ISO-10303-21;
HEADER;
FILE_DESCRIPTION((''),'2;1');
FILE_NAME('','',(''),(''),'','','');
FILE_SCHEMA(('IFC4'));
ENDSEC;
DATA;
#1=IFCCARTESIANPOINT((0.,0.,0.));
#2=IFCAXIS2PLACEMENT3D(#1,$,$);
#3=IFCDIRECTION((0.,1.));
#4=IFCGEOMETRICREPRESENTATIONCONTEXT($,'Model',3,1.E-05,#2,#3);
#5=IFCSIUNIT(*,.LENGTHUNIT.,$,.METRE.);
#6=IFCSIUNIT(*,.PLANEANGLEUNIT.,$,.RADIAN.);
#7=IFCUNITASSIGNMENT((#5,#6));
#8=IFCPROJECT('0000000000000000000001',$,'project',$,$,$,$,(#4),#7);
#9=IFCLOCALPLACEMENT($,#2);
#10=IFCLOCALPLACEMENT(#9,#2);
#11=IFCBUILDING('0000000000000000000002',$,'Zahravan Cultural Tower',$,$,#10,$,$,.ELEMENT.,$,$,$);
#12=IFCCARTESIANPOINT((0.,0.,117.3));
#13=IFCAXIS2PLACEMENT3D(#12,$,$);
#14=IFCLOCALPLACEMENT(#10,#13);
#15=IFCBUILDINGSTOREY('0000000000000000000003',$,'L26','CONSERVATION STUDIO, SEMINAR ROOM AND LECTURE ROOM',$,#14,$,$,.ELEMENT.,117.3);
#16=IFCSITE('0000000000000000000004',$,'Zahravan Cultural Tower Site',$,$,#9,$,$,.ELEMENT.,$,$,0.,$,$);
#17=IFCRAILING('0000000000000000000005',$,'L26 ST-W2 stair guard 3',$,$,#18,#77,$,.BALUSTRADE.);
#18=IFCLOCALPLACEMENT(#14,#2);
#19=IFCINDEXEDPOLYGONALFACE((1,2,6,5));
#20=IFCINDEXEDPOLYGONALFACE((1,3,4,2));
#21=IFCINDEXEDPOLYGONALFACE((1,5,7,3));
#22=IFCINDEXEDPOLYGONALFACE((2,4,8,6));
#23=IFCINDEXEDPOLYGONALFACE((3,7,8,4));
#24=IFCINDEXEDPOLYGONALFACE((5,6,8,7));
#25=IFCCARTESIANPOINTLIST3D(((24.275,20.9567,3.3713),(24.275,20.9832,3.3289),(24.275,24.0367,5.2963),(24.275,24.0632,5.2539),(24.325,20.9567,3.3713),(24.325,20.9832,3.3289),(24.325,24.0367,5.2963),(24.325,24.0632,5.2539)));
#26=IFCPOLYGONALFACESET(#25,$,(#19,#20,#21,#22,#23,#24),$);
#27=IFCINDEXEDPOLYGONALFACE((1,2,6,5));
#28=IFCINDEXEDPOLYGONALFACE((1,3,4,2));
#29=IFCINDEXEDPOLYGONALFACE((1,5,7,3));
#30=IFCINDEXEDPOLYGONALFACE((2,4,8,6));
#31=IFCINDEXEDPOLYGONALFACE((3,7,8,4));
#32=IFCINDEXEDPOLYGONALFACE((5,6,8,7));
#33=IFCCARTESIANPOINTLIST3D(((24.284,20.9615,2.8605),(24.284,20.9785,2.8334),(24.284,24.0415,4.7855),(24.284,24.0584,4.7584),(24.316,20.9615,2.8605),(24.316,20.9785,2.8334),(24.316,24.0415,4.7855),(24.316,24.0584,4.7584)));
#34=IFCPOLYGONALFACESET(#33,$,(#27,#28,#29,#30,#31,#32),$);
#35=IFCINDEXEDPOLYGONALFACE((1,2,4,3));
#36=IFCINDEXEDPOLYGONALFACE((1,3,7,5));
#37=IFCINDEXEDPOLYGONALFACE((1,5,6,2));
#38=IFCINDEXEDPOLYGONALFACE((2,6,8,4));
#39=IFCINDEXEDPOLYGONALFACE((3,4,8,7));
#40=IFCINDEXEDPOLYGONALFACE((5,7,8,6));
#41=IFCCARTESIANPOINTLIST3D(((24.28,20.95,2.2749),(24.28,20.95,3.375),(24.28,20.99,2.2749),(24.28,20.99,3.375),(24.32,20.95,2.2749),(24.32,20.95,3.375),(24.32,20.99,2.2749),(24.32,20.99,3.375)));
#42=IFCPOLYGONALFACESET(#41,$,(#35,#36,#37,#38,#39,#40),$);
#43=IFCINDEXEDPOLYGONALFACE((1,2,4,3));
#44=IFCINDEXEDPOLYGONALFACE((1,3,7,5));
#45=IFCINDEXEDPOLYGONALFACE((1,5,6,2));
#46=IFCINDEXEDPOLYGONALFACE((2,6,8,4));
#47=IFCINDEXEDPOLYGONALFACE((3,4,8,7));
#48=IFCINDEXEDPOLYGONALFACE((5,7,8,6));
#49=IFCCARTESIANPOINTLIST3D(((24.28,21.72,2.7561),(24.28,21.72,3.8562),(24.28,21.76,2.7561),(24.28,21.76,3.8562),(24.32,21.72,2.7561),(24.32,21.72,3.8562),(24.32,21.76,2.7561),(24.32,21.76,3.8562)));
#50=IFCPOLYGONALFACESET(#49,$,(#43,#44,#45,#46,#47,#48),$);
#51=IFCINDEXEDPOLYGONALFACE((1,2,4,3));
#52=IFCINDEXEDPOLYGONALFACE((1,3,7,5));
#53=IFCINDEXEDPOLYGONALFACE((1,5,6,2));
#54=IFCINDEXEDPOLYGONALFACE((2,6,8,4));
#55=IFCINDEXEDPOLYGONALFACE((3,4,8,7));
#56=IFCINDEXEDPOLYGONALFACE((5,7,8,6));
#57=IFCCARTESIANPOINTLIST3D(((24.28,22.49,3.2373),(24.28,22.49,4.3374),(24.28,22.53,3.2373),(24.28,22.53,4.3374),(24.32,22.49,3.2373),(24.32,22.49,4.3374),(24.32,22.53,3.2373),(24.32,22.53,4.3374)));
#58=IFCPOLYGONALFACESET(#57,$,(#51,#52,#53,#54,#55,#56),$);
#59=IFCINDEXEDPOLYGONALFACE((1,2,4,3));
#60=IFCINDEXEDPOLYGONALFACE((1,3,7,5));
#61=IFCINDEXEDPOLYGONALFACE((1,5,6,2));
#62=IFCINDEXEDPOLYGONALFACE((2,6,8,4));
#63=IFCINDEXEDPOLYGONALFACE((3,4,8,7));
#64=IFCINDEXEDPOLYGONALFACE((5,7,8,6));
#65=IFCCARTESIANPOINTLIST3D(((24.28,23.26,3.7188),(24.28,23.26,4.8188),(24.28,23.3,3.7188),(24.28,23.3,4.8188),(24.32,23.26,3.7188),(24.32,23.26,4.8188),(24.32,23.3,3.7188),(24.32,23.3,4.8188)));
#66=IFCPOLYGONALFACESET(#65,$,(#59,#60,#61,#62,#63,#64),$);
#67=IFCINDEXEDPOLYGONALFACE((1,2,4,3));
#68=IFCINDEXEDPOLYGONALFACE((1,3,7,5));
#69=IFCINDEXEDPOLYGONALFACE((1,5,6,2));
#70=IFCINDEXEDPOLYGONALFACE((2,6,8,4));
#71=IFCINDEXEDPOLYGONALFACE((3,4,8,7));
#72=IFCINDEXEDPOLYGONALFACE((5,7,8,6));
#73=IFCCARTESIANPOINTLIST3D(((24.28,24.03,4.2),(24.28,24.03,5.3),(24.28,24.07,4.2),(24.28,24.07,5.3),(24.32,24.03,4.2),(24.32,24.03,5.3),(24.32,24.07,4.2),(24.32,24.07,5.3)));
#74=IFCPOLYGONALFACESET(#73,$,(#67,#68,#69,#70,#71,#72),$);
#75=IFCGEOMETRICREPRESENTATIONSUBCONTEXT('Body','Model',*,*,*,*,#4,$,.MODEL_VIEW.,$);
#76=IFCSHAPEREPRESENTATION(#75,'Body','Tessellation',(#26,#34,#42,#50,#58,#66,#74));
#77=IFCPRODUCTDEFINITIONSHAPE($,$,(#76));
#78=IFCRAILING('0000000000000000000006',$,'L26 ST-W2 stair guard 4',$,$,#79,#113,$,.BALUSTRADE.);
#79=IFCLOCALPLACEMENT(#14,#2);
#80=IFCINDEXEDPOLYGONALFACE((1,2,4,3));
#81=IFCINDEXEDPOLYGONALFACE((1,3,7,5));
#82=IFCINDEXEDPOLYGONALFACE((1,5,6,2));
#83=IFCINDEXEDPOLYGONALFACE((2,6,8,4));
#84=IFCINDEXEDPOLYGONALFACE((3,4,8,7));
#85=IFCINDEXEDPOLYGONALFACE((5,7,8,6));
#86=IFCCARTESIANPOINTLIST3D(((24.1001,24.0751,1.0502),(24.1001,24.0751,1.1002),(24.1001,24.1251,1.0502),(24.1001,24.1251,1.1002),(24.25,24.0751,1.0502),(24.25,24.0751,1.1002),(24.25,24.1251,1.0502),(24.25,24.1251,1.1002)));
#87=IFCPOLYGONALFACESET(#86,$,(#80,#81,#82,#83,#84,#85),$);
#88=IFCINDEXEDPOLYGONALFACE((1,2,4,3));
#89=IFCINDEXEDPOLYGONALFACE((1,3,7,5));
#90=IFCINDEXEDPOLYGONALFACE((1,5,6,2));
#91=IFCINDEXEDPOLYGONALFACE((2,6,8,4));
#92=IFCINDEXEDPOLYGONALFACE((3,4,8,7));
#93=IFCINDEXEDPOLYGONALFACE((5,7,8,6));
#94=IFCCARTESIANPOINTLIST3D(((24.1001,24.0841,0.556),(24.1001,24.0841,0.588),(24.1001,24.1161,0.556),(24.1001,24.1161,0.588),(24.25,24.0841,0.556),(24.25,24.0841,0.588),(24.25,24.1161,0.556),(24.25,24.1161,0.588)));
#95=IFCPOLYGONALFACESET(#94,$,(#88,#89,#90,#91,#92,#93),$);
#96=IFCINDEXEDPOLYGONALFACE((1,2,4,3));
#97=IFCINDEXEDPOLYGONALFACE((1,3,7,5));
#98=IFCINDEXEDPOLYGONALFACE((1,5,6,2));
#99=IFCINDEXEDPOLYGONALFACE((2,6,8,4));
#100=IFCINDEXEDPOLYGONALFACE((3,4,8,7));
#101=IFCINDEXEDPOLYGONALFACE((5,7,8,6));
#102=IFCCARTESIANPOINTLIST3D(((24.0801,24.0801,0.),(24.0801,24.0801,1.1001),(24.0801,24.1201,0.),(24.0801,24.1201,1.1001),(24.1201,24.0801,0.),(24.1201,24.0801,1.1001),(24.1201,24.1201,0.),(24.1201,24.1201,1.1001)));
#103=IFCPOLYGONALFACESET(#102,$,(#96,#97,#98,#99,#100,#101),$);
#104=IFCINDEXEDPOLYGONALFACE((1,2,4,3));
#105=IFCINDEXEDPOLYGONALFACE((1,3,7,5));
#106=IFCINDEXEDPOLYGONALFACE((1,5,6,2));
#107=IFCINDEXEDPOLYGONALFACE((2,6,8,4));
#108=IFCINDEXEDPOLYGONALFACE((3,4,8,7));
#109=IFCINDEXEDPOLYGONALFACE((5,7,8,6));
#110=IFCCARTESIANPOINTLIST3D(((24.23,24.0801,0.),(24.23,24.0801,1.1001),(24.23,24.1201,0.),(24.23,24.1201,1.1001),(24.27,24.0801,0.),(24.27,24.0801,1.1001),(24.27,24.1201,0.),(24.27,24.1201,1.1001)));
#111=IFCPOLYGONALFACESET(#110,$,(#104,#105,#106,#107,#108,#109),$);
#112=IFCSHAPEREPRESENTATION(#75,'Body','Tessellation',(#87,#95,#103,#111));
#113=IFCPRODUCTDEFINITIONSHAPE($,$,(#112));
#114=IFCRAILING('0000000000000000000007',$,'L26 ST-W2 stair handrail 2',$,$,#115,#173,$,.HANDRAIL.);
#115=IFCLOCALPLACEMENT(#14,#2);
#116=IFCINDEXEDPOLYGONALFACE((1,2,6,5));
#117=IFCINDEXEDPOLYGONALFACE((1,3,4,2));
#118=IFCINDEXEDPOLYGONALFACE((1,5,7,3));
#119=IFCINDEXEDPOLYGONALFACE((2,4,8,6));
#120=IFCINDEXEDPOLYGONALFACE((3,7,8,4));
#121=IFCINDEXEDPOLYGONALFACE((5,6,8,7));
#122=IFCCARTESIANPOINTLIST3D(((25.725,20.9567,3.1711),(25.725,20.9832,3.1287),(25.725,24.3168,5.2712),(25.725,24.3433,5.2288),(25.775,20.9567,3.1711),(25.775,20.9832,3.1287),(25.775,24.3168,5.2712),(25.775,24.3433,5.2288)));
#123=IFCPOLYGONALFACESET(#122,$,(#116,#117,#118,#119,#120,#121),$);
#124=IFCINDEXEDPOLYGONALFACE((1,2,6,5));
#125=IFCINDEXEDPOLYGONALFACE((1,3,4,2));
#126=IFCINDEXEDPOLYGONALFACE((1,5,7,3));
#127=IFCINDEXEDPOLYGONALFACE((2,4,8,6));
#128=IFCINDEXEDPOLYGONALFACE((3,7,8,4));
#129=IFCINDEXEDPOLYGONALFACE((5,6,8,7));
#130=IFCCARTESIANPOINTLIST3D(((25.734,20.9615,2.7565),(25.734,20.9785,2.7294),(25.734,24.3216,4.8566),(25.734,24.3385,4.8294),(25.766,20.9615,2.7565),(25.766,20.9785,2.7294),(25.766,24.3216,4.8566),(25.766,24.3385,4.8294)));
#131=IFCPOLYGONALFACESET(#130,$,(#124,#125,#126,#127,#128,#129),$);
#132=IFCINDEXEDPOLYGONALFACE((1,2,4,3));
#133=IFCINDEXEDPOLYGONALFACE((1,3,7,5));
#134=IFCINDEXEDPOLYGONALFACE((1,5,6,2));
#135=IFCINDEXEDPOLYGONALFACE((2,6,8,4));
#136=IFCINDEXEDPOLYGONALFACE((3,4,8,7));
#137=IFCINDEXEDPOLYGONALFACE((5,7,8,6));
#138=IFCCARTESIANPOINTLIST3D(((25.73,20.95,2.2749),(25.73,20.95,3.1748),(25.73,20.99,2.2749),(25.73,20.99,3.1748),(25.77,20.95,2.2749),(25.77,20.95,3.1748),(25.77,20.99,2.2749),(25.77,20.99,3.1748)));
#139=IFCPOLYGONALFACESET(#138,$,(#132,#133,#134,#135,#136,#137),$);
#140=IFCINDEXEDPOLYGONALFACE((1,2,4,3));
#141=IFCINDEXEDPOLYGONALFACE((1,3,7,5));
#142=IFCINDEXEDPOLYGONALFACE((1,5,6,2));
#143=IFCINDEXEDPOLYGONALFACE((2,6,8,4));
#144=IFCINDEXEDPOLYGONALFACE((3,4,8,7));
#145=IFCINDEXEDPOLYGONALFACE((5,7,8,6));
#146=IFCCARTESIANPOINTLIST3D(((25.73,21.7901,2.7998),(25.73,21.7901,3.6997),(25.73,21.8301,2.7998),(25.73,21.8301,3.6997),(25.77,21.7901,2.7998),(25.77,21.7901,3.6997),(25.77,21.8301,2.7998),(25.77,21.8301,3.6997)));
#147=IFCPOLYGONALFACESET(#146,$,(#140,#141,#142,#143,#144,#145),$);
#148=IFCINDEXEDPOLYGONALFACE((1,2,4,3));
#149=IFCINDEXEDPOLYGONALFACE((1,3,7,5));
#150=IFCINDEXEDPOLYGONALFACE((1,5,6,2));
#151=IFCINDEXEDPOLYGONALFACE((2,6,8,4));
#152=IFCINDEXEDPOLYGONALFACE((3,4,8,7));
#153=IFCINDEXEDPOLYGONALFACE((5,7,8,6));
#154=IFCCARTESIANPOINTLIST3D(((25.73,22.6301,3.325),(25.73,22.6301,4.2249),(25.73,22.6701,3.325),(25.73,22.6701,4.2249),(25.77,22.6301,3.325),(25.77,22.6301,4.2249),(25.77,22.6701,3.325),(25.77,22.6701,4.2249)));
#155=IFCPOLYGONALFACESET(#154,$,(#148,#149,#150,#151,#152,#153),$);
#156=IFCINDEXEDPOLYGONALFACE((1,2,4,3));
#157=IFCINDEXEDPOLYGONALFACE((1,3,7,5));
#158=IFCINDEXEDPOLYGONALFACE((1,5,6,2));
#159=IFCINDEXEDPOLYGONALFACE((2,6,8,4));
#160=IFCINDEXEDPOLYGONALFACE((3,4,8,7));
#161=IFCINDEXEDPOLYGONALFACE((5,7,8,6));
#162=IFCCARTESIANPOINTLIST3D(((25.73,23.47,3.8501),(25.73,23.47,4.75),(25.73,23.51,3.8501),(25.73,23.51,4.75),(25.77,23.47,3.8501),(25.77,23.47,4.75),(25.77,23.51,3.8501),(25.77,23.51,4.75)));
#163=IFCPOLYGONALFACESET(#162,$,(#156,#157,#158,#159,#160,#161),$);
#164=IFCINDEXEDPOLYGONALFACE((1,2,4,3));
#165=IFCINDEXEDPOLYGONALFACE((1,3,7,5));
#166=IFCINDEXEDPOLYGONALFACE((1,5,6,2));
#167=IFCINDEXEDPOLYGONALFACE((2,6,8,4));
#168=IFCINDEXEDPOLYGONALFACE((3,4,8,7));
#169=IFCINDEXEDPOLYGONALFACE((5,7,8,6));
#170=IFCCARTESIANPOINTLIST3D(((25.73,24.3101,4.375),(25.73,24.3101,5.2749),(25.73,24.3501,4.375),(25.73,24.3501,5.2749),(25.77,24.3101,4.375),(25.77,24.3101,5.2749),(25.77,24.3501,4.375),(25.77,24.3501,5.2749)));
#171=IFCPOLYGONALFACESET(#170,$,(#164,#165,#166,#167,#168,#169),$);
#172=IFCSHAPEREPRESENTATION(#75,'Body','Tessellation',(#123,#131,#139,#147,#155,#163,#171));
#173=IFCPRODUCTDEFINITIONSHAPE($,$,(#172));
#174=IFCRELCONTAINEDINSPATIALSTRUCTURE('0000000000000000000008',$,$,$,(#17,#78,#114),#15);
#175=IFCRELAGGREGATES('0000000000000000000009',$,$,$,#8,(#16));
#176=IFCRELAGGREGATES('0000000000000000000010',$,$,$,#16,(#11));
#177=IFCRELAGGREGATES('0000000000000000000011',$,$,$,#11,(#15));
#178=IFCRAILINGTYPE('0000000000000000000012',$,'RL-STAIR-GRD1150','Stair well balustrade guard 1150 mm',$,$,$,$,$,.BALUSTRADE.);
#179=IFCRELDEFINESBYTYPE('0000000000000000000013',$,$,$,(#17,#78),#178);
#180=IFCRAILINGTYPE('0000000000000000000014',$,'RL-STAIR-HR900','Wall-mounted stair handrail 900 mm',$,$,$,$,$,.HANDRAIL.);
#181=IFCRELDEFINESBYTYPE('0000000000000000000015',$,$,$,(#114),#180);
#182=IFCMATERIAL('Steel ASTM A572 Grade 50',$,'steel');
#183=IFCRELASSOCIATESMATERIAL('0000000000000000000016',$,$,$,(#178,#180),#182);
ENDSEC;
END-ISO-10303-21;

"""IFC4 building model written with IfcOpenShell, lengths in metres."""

from ifc_helpers import new_model, si_unit, direction, frame, origin, origin_2d, place, context, subcontext, project, spatial, rectangle, extrude, material, type_object, element, save


model = new_model("IFC4")

# Units and contexts
model_context = context("Model", 3, precision=1e-05, world=origin(), true_north=direction((0.0, 1.0)))
body_context = subcontext(model_context, "Body", "Model", "MODEL_VIEW")
ifc_project = project(units=[si_unit("LENGTHUNIT", "METRE"), si_unit("PLANEANGLEUNIT", "RADIAN")], contexts=[model_context])

# Site, building, storey
site_placement = place(None, origin())
site = spatial("IfcSite", under=ifc_project, at=site_placement, Name="Zahravan Cultural Tower Site", CompositionType="ELEMENT", RefElevation=0.0)
building_placement = place(site_placement, origin())
building = spatial("IfcBuilding", under=site, at=building_placement, Name="Zahravan Cultural Tower", CompositionType="ELEMENT")
storey_placement = place(building_placement, frame((0.0, 0.0, 117.3)))
storey = spatial("IfcBuildingStorey", under=building, at=storey_placement, Name="L26", Description="CONSERVATION STUDIO, SEMINAR ROOM AND LECTURE ROOM", CompositionType="ELEMENT", Elevation=117.3)

# Shared definitions
ifc_material_1 = material(Name="Steel ASTM A572 Grade 50", Category="steel")

# Railings
railing_type_1 = type_object("IfcRailingType", Name="RL-STAIR-GRD1150", Description="Stair well balustrade guard 1150 mm", PredefinedType="BALUSTRADE", material=ifc_material_1)
railing_1_placement = place(storey_placement, frame((24.3, 20.97, 2.2749)))
element("IfcRailing", 1, at=railing_1_placement, inside=storey, type_object=railing_type_1, Name="L26 ST-W2 stair guard 3", PredefinedType="BALUSTRADE", context=body_context, shape_type="SweptSolid", body=[
    extrude(rectangle(XDim=0.05, YDim=0.05, at=origin_2d()), frame((0.0, 0.0, 1.0752), z_axis=(0.0, 0.847998, 0.529999), x_axis=(-1.0, 0.0, 0.0)), (0.0, 0.0, 1.0), 3.6321),
    extrude(rectangle(XDim=0.032, YDim=0.032, at=origin_2d()), frame((0.0, 0.0, 0.572), z_axis=(0.0, 0.847998, 0.529999), x_axis=(-1.0, 0.0, 0.0)), (0.0, 0.0, 1.0), 3.6321),
    extrude(rectangle(XDim=0.04, YDim=0.04, at=origin_2d()), origin(), (0.0, 0.0, 1.0), 1.1001),
    extrude(rectangle(XDim=0.04, YDim=0.04, at=origin_2d()), frame((0.0, 0.77, 0.4812)), (0.0, 0.0, 1.0), 1.1001),
    extrude(rectangle(XDim=0.04, YDim=0.04, at=origin_2d()), frame((0.0, 1.54, 0.9624)), (0.0, 0.0, 1.0), 1.1001),
    extrude(rectangle(XDim=0.04, YDim=0.04, at=origin_2d()), frame((0.0, 2.3101, 1.4438)), (0.0, 0.0, 1.0), 1.1001),
    extrude(rectangle(XDim=0.04, YDim=0.04, at=origin_2d()), frame((0.0, 3.0801, 1.925)), (0.0, 0.0, 1.0), 1.1001),
])
railing_2_placement = place(storey_placement, frame((24.1001, 24.1001, 0.0)))
element("IfcRailing", 2, at=railing_2_placement, inside=storey, type_object=railing_type_1, Name="L26 ST-W2 stair guard 4", PredefinedType="BALUSTRADE", context=body_context, shape_type="SweptSolid", body=[
    extrude(rectangle(XDim=0.05, YDim=0.05, at=origin_2d()), frame((0.0, 0.0, 1.0752), z_axis=(1.0, 0.0, 0.0), x_axis=(0.0, 1.0, 0.0)), (0.0, 0.0, 1.0), 0.1499),
    extrude(rectangle(XDim=0.032, YDim=0.032, at=origin_2d()), frame((0.0, 0.0, 0.572), z_axis=(1.0, 0.0, 0.0), x_axis=(0.0, 1.0, 0.0)), (0.0, 0.0, 1.0), 0.1499),
    extrude(rectangle(XDim=0.04, YDim=0.04, at=origin_2d()), origin(), (0.0, 0.0, 1.0), 1.1001),
    extrude(rectangle(XDim=0.04, YDim=0.04, at=origin_2d()), frame((0.1499, 0.0, 0.0)), (0.0, 0.0, 1.0), 1.1001),
])
railing_type_2 = type_object("IfcRailingType", Name="RL-STAIR-HR900", Description="Wall-mounted stair handrail 900 mm", PredefinedType="HANDRAIL", material=ifc_material_1)
railing_3_placement = place(storey_placement, frame((25.75, 20.97, 2.2749)))
element("IfcRailing", 3, at=railing_3_placement, inside=storey, type_object=railing_type_2, Name="L26 ST-W2 stair handrail 2", PredefinedType="HANDRAIL", context=body_context, shape_type="SweptSolid", body=[
    extrude(rectangle(XDim=0.05, YDim=0.05, at=origin_2d()), frame((0.0, 0.0, 0.875), z_axis=(0.0, 0.847995, 0.530004), x_axis=(-1.0, 0.0, 0.0)), (0.0, 0.0, 1.0), 3.9624),
    extrude(rectangle(XDim=0.032, YDim=0.032, at=origin_2d()), frame((0.0, 0.0, 0.468), z_axis=(0.0, 0.847995, 0.530004), x_axis=(-1.0, 0.0, 0.0)), (0.0, 0.0, 1.0), 3.9624),
    extrude(rectangle(XDim=0.04, YDim=0.04, at=origin_2d()), origin(), (0.0, 0.0, 1.0), 0.8999),
    extrude(rectangle(XDim=0.04, YDim=0.04, at=origin_2d()), frame((0.0, 0.8401, 0.5249)), (0.0, 0.0, 1.0), 0.8999),
    extrude(rectangle(XDim=0.04, YDim=0.04, at=origin_2d()), frame((0.0, 1.6802, 1.05)), (0.0, 0.0, 1.0), 0.8999),
    extrude(rectangle(XDim=0.04, YDim=0.04, at=origin_2d()), frame((0.0, 2.52, 1.5752)), (0.0, 0.0, 1.0), 0.8999),
    extrude(rectangle(XDim=0.04, YDim=0.04, at=origin_2d()), frame((0.0, 3.3601, 2.1001)), (0.0, 0.0, 1.0), 0.8999),
])

save(model, "model.ifc")
